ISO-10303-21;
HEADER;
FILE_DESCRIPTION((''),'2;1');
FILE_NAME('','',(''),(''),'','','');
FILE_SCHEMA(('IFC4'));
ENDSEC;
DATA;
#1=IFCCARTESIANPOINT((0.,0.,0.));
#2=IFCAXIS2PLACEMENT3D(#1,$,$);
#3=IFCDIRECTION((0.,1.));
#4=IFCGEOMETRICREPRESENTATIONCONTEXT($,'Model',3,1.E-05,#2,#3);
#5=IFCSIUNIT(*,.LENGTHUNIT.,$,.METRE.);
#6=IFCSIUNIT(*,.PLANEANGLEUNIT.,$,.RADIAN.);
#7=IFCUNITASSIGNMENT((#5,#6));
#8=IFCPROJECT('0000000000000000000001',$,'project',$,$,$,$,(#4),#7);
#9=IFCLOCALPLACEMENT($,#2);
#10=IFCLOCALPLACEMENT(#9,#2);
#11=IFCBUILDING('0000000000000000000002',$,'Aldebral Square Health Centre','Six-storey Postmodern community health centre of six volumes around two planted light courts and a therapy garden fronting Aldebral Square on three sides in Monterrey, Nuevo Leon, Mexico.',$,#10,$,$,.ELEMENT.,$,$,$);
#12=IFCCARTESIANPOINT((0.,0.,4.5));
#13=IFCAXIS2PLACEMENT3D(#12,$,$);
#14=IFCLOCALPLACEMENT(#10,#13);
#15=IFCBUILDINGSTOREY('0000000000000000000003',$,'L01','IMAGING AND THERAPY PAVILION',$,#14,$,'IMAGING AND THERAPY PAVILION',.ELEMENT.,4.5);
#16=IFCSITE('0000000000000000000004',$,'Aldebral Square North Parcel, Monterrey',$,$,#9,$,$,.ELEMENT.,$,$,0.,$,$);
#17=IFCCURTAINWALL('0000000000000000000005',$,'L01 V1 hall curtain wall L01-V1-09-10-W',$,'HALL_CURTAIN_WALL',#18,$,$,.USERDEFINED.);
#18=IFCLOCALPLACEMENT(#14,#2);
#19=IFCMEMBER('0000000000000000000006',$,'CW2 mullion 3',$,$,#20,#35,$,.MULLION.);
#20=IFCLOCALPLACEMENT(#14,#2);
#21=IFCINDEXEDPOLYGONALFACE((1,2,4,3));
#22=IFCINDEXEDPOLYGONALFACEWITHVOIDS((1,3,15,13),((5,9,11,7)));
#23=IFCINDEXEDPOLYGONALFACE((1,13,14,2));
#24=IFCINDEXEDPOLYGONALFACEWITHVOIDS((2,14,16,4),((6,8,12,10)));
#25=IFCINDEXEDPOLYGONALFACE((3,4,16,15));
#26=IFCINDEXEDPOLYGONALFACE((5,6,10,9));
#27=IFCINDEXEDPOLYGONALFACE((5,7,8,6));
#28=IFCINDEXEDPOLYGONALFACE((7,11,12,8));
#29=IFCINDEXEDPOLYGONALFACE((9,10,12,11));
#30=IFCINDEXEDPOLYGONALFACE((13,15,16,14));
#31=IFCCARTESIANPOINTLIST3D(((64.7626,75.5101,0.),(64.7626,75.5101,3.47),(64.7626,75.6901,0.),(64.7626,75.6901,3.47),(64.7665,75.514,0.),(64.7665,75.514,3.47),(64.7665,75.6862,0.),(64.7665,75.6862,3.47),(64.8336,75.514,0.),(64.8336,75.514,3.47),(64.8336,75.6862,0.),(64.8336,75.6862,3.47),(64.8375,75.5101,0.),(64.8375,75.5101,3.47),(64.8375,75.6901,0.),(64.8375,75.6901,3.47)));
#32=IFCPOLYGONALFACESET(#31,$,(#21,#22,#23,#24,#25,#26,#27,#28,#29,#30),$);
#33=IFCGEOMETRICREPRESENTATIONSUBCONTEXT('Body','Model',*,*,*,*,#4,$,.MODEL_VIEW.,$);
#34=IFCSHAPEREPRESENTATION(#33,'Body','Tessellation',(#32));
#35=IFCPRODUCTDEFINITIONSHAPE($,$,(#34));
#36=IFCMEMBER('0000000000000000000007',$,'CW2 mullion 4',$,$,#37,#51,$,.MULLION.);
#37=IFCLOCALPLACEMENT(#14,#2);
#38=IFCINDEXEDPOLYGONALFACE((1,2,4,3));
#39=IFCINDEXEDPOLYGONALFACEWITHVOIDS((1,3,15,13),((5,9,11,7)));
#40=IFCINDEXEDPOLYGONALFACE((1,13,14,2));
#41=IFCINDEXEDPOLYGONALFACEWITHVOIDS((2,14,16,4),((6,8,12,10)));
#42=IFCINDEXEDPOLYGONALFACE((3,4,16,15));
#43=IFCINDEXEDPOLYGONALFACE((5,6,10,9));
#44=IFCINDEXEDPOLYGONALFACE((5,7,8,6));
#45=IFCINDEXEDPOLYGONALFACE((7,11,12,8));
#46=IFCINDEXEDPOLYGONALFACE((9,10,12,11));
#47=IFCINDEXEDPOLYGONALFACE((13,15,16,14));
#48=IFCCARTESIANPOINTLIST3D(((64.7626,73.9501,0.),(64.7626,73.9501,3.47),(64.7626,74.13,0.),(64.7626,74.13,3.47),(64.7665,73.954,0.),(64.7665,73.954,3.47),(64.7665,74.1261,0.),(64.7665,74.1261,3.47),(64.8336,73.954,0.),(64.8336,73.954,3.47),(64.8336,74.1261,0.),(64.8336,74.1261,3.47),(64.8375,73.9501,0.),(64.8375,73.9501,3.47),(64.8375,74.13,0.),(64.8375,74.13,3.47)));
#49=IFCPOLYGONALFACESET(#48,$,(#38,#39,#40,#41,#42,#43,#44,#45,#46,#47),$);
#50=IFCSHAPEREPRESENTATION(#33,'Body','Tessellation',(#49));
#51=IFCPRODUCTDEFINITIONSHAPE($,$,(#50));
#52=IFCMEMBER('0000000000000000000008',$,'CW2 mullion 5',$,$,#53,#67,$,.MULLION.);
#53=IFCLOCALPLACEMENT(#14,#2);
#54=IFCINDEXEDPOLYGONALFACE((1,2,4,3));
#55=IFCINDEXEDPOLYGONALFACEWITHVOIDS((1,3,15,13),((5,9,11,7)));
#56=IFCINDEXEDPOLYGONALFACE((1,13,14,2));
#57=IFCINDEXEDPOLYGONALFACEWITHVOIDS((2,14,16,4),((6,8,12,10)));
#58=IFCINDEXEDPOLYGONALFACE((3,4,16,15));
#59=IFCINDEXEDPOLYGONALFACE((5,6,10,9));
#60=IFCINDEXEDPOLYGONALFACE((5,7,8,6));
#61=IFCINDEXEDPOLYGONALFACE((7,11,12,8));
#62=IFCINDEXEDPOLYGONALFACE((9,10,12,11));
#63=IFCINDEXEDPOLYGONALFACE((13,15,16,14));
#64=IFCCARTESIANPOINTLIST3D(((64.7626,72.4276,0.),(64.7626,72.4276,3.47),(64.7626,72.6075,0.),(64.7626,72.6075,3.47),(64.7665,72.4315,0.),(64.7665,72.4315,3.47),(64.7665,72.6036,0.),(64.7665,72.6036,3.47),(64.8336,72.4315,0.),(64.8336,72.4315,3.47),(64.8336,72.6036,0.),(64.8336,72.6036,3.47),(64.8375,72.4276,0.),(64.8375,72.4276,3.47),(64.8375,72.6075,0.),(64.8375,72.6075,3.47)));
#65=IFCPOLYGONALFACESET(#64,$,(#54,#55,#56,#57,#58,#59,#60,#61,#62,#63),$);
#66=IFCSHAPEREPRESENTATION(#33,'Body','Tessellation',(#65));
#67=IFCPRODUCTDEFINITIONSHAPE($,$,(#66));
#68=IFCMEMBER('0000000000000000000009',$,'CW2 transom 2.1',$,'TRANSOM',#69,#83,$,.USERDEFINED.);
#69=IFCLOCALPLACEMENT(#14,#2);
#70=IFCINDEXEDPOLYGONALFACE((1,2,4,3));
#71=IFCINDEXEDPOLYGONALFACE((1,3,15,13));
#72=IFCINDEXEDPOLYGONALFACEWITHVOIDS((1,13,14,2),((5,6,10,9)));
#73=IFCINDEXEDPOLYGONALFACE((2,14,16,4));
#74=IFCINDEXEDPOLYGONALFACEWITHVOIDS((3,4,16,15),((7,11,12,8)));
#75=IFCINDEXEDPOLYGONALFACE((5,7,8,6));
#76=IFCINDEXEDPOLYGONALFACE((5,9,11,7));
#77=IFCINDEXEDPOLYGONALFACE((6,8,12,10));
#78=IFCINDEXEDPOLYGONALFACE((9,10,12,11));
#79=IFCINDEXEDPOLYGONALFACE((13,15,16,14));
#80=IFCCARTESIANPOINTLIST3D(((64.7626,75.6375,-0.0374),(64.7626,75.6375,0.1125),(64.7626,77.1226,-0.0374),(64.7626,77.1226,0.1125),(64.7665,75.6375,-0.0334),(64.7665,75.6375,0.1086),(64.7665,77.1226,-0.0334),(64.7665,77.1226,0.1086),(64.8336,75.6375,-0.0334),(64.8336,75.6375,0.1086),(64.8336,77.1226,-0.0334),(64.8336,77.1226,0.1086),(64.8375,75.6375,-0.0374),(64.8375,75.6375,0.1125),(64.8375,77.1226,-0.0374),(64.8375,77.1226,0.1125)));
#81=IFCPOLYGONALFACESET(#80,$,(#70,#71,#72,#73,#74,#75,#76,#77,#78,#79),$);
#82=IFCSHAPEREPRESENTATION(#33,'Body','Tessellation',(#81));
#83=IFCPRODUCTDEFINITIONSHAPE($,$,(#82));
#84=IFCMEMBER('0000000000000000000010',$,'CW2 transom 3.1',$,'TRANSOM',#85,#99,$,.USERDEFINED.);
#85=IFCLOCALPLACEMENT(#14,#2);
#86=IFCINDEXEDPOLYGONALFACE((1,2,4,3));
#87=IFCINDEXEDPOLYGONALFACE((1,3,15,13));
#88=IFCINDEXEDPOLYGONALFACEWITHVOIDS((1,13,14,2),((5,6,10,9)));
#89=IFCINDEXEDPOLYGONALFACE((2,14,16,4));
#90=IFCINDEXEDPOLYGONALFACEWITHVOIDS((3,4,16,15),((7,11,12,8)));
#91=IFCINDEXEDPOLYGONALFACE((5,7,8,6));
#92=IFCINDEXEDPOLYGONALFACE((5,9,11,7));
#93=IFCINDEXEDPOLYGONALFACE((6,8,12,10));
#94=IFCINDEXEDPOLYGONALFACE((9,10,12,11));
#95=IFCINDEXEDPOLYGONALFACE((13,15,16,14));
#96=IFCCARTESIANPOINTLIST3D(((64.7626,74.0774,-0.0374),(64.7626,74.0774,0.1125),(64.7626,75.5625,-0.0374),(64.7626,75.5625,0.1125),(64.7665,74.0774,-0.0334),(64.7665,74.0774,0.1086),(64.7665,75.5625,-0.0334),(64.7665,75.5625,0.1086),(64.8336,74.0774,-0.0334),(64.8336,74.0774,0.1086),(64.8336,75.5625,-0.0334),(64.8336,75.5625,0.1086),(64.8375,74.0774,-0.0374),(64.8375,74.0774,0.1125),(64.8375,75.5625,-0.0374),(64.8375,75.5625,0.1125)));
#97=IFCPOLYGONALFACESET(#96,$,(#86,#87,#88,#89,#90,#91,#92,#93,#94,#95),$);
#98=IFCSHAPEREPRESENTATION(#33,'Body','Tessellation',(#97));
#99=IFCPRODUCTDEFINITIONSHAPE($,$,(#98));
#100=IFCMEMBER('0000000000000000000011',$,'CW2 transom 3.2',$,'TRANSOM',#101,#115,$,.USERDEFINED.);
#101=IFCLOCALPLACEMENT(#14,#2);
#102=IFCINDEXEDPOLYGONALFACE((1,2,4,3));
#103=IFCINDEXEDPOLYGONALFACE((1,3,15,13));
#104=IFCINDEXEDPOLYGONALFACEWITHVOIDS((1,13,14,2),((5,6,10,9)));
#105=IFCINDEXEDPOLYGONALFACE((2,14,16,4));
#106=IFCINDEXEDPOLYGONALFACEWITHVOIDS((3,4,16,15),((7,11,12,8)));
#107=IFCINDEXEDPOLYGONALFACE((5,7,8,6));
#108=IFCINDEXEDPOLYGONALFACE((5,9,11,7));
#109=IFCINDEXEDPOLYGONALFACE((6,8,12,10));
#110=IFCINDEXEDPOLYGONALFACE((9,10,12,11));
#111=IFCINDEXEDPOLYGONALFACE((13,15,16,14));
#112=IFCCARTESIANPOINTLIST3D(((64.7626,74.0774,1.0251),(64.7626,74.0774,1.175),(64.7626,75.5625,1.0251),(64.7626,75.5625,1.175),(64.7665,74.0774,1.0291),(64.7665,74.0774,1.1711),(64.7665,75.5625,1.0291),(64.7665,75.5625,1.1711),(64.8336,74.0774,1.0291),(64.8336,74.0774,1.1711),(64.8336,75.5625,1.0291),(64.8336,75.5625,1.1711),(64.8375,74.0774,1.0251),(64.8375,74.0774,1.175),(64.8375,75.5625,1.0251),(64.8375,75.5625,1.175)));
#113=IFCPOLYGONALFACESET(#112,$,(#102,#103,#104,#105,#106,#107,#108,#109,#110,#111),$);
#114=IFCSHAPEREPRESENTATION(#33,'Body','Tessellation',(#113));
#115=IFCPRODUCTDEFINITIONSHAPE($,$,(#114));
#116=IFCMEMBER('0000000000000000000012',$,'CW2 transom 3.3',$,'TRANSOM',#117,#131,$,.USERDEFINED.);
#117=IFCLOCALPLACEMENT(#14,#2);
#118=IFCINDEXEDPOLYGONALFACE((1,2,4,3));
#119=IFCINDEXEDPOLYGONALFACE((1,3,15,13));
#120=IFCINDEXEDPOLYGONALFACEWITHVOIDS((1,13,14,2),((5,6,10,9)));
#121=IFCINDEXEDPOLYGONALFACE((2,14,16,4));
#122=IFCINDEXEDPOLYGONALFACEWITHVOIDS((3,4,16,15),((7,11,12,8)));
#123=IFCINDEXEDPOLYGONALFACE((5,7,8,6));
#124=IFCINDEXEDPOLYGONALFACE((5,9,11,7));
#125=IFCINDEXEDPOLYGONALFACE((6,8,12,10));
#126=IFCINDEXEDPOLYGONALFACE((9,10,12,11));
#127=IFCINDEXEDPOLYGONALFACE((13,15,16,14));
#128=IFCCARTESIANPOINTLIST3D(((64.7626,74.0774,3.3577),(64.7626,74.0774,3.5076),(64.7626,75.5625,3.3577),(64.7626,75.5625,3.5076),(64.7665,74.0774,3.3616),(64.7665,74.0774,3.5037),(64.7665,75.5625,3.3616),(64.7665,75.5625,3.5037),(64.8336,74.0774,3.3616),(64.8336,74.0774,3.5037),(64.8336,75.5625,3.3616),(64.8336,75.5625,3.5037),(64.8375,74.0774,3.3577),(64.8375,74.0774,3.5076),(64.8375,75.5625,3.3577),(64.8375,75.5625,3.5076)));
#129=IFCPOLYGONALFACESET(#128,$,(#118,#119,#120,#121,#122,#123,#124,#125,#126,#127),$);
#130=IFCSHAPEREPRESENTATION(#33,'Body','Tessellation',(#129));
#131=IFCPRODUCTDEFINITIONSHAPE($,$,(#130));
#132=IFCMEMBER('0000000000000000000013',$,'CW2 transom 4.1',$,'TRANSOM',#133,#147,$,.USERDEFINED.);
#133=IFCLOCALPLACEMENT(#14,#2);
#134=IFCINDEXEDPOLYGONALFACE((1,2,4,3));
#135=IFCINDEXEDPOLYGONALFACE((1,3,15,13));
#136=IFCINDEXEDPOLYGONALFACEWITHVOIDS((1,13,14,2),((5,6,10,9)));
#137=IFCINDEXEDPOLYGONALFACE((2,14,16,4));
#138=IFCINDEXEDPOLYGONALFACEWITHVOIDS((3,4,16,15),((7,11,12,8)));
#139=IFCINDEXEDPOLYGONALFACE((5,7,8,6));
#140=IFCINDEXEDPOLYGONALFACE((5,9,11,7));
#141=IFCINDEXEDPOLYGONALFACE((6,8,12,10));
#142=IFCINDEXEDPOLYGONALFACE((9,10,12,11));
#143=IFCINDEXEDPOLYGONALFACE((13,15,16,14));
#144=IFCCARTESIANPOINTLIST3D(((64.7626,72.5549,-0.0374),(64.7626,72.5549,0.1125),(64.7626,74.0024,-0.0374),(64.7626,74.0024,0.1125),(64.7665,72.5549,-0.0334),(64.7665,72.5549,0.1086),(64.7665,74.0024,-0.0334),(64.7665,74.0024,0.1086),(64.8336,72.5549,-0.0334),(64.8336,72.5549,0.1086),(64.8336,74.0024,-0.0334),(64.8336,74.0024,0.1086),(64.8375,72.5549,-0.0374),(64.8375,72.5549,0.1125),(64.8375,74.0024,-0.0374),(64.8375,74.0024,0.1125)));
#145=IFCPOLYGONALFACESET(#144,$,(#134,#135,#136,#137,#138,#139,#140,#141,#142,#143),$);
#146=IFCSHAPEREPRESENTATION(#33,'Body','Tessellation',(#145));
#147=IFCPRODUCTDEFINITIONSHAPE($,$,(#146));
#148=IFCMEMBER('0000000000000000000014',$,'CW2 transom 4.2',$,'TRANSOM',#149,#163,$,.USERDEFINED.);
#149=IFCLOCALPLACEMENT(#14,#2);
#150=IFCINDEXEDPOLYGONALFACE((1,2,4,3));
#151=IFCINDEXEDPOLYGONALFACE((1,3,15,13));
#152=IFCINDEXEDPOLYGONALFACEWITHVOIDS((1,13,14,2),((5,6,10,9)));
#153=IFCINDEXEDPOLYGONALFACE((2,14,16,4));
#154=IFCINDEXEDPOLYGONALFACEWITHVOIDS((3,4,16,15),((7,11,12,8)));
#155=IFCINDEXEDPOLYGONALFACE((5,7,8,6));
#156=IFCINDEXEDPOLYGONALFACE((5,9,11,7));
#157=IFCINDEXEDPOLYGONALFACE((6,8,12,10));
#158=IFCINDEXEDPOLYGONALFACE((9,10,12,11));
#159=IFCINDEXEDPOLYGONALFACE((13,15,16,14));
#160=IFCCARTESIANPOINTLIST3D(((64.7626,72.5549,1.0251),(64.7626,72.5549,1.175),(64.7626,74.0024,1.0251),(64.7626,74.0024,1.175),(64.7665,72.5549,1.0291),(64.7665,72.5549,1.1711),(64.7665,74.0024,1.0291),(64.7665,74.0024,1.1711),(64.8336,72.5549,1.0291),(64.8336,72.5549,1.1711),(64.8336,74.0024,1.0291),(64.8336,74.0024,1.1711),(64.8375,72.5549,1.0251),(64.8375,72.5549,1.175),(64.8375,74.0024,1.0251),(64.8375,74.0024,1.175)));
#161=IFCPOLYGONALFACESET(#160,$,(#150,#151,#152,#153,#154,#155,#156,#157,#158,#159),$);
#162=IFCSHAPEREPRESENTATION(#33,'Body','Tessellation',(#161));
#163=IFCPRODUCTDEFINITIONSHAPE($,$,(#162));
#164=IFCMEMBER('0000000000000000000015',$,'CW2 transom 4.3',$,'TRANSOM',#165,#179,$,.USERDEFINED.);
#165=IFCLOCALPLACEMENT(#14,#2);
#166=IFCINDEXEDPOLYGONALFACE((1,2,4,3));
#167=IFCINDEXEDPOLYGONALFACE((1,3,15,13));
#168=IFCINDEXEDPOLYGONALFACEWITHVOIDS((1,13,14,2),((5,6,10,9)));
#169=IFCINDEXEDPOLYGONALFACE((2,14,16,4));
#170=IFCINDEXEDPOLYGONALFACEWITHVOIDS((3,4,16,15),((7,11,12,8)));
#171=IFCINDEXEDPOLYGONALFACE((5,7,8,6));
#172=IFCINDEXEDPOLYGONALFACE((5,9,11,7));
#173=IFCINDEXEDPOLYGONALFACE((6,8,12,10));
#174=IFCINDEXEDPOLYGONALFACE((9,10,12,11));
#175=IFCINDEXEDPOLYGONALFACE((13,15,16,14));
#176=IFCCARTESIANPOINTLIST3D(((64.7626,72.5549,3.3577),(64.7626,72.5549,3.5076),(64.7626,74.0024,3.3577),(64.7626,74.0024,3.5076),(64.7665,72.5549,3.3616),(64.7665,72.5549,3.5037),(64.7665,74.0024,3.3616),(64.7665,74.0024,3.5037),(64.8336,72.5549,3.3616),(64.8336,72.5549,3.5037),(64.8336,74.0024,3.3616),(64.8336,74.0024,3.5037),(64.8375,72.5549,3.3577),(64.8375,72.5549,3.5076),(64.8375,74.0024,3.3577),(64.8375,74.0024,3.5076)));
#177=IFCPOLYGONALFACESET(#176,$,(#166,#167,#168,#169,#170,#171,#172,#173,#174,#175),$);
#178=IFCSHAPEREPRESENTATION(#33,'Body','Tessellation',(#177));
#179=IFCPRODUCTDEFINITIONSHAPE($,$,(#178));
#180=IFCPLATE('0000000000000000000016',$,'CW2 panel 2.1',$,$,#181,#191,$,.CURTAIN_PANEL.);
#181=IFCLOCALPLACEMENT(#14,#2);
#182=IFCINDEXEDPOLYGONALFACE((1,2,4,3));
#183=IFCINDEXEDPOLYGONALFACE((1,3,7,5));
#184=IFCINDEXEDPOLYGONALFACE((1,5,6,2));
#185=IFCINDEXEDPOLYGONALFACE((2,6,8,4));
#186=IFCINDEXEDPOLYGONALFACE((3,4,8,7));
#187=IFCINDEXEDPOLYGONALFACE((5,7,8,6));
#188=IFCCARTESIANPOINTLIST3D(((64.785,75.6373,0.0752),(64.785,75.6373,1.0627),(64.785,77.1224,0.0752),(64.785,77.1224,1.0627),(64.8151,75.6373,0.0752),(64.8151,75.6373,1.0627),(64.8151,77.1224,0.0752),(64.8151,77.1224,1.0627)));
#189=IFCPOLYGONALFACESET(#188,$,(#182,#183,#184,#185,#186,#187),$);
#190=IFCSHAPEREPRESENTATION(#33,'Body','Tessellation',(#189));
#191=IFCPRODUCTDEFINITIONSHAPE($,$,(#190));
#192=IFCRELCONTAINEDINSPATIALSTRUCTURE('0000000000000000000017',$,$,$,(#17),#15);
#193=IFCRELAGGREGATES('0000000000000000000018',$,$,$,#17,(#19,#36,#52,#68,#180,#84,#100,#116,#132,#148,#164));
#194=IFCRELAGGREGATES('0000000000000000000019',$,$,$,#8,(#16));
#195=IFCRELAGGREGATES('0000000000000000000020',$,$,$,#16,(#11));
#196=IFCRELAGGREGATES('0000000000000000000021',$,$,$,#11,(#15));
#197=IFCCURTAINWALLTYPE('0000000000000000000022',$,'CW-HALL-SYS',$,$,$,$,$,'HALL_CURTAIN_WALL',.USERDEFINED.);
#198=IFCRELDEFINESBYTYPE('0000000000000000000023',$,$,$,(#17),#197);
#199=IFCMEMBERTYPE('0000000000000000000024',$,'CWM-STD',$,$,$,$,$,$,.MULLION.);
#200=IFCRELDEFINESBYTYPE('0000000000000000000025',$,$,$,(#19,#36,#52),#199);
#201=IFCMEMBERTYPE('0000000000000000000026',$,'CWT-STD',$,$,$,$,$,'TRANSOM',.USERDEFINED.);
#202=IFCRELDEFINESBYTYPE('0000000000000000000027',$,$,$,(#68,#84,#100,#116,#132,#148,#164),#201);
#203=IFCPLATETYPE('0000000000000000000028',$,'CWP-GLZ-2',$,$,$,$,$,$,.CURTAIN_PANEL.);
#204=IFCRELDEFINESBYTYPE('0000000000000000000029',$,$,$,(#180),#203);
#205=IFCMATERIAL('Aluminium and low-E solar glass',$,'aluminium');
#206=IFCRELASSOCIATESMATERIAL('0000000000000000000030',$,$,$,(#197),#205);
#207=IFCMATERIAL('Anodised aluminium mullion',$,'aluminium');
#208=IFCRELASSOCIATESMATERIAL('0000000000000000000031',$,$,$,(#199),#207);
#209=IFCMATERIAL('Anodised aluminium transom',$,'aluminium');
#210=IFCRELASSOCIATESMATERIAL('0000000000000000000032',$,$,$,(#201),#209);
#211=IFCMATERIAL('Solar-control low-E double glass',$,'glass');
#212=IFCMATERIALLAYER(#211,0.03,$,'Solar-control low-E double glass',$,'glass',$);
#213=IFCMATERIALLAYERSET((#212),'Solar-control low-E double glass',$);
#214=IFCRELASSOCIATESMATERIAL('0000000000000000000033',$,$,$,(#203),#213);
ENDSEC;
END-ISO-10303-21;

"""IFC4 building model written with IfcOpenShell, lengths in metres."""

from ifc_helpers import new_model, si_unit, direction, frame, origin, origin_2d, place, context, subcontext, project, spatial, rectangle, hollow_rectangle, extrude, material, layer, layer_set, material_profile, profile_set, type_object, element, aggregate, save


model = new_model("IFC4")

# Units and contexts
model_context = context("Model", 3, precision=1e-05, world=origin(), true_north=direction((0.0, 1.0)))
body_context = subcontext(model_context, "Body", "Model", "MODEL_VIEW")
ifc_project = project(units=[si_unit("LENGTHUNIT", "METRE"), si_unit("PLANEANGLEUNIT", "RADIAN")], contexts=[model_context])

# Site, building, storey
site_placement = place(None, origin())
site = spatial("IfcSite", under=ifc_project, at=site_placement, Name="Aldebral Square North Parcel, Monterrey", CompositionType="ELEMENT", RefElevation=0.0)
building_placement = place(site_placement, origin())
building = spatial("IfcBuilding", under=site, at=building_placement, Name="Aldebral Square Health Centre", Description="Six-storey Postmodern community health centre of six volumes around two planted light courts and a therapy garden fronting Aldebral Square on three sides in Monterrey, Nuevo Leon, Mexico.", CompositionType="ELEMENT")
storey_placement = place(building_placement, frame((0.0, 0.0, 4.5)))
storey = spatial("IfcBuildingStorey", under=building, at=storey_placement, Name="L01", Description="IMAGING AND THERAPY PAVILION", LongName="IMAGING AND THERAPY PAVILION", CompositionType="ELEMENT", Elevation=4.5)

# Curtain wall, members, plate
ifc_material_1 = material(Name="Aluminium and low-E solar glass", Category="aluminium")
curtain_wall_type = type_object("IfcCurtainWallType", Name="CW-HALL-SYS", ElementType="HALL_CURTAIN_WALL", PredefinedType="USERDEFINED", material=ifc_material_1)
curtain_wall_placement = place(storey_placement, origin())
curtain_wall = element("IfcCurtainWall", 1, at=curtain_wall_placement, inside=storey, type_object=curtain_wall_type, Name="L01 V1 hall curtain wall L01-V1-09-10-W", ObjectType="HALL_CURTAIN_WALL", PredefinedType="USERDEFINED")
ifc_material_2 = material(Name="Anodised aluminium mullion", Category="aluminium")
ifc_material_profile_1 = material_profile(ifc_material_2, hollow_rectangle(XDim=0.075, YDim=0.1799, WallThickness=0.0039, at=origin_2d()), Name="CWM 75x180x4")
ifc_profile_set_1 = profile_set([ifc_material_profile_1], Name="Anodised aluminium mullion")
member_type_1 = type_object("IfcMemberType", Name="CWM-STD", PredefinedType="MULLION", material=ifc_profile_set_1)
member_1_placement = place(storey_placement, frame((64.8, 75.6001, 0.0), z_axis=(0.0, 0.0, 1.0), x_axis=(1.0, 0.0, 0.0)))
member_1 = element("IfcMember", 2, at=member_1_placement, type_object=member_type_1, Name="CW2 mullion 3", PredefinedType="MULLION", context=body_context, shape_type="SweptSolid", body=[
    extrude(hollow_rectangle(XDim=0.075, YDim=0.1799, WallThickness=0.0039, at=origin_2d()), origin(), (0.0, 0.0, 1.0), 3.47),
])
member_2_placement = place(storey_placement, frame((64.8, 74.04, 0.0), z_axis=(0.0, 0.0, 1.0), x_axis=(1.0, 0.0, 0.0)))
member_2 = element("IfcMember", 3, at=member_2_placement, type_object=member_type_1, Name="CW2 mullion 4", PredefinedType="MULLION", context=body_context, shape_type="SweptSolid", body=[
    extrude(hollow_rectangle(XDim=0.075, YDim=0.1799, WallThickness=0.0039, at=origin_2d()), origin(), (0.0, 0.0, 1.0), 3.47),
])
member_3_placement = place(storey_placement, frame((64.8, 72.5176, 0.0), z_axis=(0.0, 0.0, 1.0), x_axis=(1.0, 0.0, 0.0)))
member_3 = element("IfcMember", 4, at=member_3_placement, type_object=member_type_1, Name="CW2 mullion 5", PredefinedType="MULLION", context=body_context, shape_type="SweptSolid", body=[
    extrude(hollow_rectangle(XDim=0.075, YDim=0.1799, WallThickness=0.0039, at=origin_2d()), origin(), (0.0, 0.0, 1.0), 3.47),
])
ifc_material_3 = material(Name="Anodised aluminium transom", Category="aluminium")
ifc_material_profile_2 = material_profile(ifc_material_3, hollow_rectangle(XDim=0.075, YDim=0.1499, WallThickness=0.0039, at=origin_2d()), Name="CWT 75x150x4")
ifc_profile_set_2 = profile_set([ifc_material_profile_2], Name="Anodised aluminium transom")
member_type_2 = type_object("IfcMemberType", Name="CWT-STD", ElementType="TRANSOM", PredefinedType="USERDEFINED", material=ifc_profile_set_2)
member_4_placement = place(storey_placement, frame((64.8, 77.1226, 0.0376), z_axis=(0.0, -1.0, 0.0), x_axis=(1.0, 0.0, 0.0)))
member_4 = element("IfcMember", 5, at=member_4_placement, type_object=member_type_2, Name="CW2 transom 2.1", ObjectType="TRANSOM", PredefinedType="USERDEFINED", context=body_context, shape_type="SweptSolid", body=[
    extrude(hollow_rectangle(XDim=0.075, YDim=0.1499, WallThickness=0.0039, at=origin_2d()), origin(), (0.0, 0.0, 1.0), 1.4851),
])
member_5_placement = place(storey_placement, frame((64.8, 75.5625, 0.0376), z_axis=(0.0, -1.0, 0.0), x_axis=(1.0, 0.0, 0.0)))
member_5 = element("IfcMember", 6, at=member_5_placement, type_object=member_type_2, Name="CW2 transom 3.1", ObjectType="TRANSOM", PredefinedType="USERDEFINED", context=body_context, shape_type="SweptSolid", body=[
    extrude(hollow_rectangle(XDim=0.075, YDim=0.1499, WallThickness=0.0039, at=origin_2d()), origin(), (0.0, 0.0, 1.0), 1.4851),
])
member_6_placement = place(storey_placement, frame((64.8, 75.5625, 1.1001), z_axis=(0.0, -1.0, 0.0), x_axis=(1.0, 0.0, 0.0)))
member_6 = element("IfcMember", 7, at=member_6_placement, type_object=member_type_2, Name="CW2 transom 3.2", ObjectType="TRANSOM", PredefinedType="USERDEFINED", context=body_context, shape_type="SweptSolid", body=[
    extrude(hollow_rectangle(XDim=0.075, YDim=0.1499, WallThickness=0.0039, at=origin_2d()), origin(), (0.0, 0.0, 1.0), 1.4851),
])
member_7_placement = place(storey_placement, frame((64.8, 75.5625, 3.4326), z_axis=(0.0, -1.0, 0.0), x_axis=(1.0, 0.0, 0.0)))
member_7 = element("IfcMember", 8, at=member_7_placement, type_object=member_type_2, Name="CW2 transom 3.3", ObjectType="TRANSOM", PredefinedType="USERDEFINED", context=body_context, shape_type="SweptSolid", body=[
    extrude(hollow_rectangle(XDim=0.075, YDim=0.1499, WallThickness=0.0039, at=origin_2d()), origin(), (0.0, 0.0, 1.0), 1.4851),
])
member_8_placement = place(storey_placement, frame((64.8, 74.0024, 0.0376), z_axis=(0.0, -1.0, 0.0), x_axis=(1.0, 0.0, 0.0)))
member_8 = element("IfcMember", 9, at=member_8_placement, type_object=member_type_2, Name="CW2 transom 4.1", ObjectType="TRANSOM", PredefinedType="USERDEFINED", context=body_context, shape_type="SweptSolid", body=[
    extrude(hollow_rectangle(XDim=0.075, YDim=0.1499, WallThickness=0.0039, at=origin_2d()), origin(), (0.0, 0.0, 1.0), 1.4475),
])
member_9_placement = place(storey_placement, frame((64.8, 74.0024, 1.1001), z_axis=(0.0, -1.0, 0.0), x_axis=(1.0, 0.0, 0.0)))
member_9 = element("IfcMember", 10, at=member_9_placement, type_object=member_type_2, Name="CW2 transom 4.2", ObjectType="TRANSOM", PredefinedType="USERDEFINED", context=body_context, shape_type="SweptSolid", body=[
    extrude(hollow_rectangle(XDim=0.075, YDim=0.1499, WallThickness=0.0039, at=origin_2d()), origin(), (0.0, 0.0, 1.0), 1.4475),
])
member_10_placement = place(storey_placement, frame((64.8, 74.0024, 3.4326), z_axis=(0.0, -1.0, 0.0), x_axis=(1.0, 0.0, 0.0)))
member_10 = element("IfcMember", 11, at=member_10_placement, type_object=member_type_2, Name="CW2 transom 4.3", ObjectType="TRANSOM", PredefinedType="USERDEFINED", context=body_context, shape_type="SweptSolid", body=[
    extrude(hollow_rectangle(XDim=0.075, YDim=0.1499, WallThickness=0.0039, at=origin_2d()), origin(), (0.0, 0.0, 1.0), 1.4475),
])
ifc_material_4 = material(Name="Solar-control low-E double glass", Category="glass")
ifc_layer_1 = layer(ifc_material_4, 0.03, Name="Solar-control low-E double glass", Category="glass")
ifc_layer_set_1 = layer_set([ifc_layer_1], Name="Solar-control low-E double glass")
plate_type = type_object("IfcPlateType", Name="CWP-GLZ-2", PredefinedType="CURTAIN_PANEL", material=ifc_layer_set_1)
plate_1_placement = place(storey_placement, frame((64.8, 76.3799, 0.0752), z_axis=(0.0, 0.0, 1.0), x_axis=(0.0, -1.0, 0.0)))
plate_1 = element("IfcPlate", 12, at=plate_1_placement, type_object=plate_type, Name="CW2 panel 2.1", PredefinedType="CURTAIN_PANEL", context=body_context, shape_type="SweptSolid", body=[
    extrude(rectangle(XDim=1.4851, YDim=0.03, at=origin_2d()), origin(), (0.0, 0.0, 1.0), 0.9875),
])
aggregate(curtain_wall, [member_1, member_2, member_3, member_4, plate_1, member_5, member_6, member_7, member_8, member_9, member_10])

save(model, "model.ifc")
